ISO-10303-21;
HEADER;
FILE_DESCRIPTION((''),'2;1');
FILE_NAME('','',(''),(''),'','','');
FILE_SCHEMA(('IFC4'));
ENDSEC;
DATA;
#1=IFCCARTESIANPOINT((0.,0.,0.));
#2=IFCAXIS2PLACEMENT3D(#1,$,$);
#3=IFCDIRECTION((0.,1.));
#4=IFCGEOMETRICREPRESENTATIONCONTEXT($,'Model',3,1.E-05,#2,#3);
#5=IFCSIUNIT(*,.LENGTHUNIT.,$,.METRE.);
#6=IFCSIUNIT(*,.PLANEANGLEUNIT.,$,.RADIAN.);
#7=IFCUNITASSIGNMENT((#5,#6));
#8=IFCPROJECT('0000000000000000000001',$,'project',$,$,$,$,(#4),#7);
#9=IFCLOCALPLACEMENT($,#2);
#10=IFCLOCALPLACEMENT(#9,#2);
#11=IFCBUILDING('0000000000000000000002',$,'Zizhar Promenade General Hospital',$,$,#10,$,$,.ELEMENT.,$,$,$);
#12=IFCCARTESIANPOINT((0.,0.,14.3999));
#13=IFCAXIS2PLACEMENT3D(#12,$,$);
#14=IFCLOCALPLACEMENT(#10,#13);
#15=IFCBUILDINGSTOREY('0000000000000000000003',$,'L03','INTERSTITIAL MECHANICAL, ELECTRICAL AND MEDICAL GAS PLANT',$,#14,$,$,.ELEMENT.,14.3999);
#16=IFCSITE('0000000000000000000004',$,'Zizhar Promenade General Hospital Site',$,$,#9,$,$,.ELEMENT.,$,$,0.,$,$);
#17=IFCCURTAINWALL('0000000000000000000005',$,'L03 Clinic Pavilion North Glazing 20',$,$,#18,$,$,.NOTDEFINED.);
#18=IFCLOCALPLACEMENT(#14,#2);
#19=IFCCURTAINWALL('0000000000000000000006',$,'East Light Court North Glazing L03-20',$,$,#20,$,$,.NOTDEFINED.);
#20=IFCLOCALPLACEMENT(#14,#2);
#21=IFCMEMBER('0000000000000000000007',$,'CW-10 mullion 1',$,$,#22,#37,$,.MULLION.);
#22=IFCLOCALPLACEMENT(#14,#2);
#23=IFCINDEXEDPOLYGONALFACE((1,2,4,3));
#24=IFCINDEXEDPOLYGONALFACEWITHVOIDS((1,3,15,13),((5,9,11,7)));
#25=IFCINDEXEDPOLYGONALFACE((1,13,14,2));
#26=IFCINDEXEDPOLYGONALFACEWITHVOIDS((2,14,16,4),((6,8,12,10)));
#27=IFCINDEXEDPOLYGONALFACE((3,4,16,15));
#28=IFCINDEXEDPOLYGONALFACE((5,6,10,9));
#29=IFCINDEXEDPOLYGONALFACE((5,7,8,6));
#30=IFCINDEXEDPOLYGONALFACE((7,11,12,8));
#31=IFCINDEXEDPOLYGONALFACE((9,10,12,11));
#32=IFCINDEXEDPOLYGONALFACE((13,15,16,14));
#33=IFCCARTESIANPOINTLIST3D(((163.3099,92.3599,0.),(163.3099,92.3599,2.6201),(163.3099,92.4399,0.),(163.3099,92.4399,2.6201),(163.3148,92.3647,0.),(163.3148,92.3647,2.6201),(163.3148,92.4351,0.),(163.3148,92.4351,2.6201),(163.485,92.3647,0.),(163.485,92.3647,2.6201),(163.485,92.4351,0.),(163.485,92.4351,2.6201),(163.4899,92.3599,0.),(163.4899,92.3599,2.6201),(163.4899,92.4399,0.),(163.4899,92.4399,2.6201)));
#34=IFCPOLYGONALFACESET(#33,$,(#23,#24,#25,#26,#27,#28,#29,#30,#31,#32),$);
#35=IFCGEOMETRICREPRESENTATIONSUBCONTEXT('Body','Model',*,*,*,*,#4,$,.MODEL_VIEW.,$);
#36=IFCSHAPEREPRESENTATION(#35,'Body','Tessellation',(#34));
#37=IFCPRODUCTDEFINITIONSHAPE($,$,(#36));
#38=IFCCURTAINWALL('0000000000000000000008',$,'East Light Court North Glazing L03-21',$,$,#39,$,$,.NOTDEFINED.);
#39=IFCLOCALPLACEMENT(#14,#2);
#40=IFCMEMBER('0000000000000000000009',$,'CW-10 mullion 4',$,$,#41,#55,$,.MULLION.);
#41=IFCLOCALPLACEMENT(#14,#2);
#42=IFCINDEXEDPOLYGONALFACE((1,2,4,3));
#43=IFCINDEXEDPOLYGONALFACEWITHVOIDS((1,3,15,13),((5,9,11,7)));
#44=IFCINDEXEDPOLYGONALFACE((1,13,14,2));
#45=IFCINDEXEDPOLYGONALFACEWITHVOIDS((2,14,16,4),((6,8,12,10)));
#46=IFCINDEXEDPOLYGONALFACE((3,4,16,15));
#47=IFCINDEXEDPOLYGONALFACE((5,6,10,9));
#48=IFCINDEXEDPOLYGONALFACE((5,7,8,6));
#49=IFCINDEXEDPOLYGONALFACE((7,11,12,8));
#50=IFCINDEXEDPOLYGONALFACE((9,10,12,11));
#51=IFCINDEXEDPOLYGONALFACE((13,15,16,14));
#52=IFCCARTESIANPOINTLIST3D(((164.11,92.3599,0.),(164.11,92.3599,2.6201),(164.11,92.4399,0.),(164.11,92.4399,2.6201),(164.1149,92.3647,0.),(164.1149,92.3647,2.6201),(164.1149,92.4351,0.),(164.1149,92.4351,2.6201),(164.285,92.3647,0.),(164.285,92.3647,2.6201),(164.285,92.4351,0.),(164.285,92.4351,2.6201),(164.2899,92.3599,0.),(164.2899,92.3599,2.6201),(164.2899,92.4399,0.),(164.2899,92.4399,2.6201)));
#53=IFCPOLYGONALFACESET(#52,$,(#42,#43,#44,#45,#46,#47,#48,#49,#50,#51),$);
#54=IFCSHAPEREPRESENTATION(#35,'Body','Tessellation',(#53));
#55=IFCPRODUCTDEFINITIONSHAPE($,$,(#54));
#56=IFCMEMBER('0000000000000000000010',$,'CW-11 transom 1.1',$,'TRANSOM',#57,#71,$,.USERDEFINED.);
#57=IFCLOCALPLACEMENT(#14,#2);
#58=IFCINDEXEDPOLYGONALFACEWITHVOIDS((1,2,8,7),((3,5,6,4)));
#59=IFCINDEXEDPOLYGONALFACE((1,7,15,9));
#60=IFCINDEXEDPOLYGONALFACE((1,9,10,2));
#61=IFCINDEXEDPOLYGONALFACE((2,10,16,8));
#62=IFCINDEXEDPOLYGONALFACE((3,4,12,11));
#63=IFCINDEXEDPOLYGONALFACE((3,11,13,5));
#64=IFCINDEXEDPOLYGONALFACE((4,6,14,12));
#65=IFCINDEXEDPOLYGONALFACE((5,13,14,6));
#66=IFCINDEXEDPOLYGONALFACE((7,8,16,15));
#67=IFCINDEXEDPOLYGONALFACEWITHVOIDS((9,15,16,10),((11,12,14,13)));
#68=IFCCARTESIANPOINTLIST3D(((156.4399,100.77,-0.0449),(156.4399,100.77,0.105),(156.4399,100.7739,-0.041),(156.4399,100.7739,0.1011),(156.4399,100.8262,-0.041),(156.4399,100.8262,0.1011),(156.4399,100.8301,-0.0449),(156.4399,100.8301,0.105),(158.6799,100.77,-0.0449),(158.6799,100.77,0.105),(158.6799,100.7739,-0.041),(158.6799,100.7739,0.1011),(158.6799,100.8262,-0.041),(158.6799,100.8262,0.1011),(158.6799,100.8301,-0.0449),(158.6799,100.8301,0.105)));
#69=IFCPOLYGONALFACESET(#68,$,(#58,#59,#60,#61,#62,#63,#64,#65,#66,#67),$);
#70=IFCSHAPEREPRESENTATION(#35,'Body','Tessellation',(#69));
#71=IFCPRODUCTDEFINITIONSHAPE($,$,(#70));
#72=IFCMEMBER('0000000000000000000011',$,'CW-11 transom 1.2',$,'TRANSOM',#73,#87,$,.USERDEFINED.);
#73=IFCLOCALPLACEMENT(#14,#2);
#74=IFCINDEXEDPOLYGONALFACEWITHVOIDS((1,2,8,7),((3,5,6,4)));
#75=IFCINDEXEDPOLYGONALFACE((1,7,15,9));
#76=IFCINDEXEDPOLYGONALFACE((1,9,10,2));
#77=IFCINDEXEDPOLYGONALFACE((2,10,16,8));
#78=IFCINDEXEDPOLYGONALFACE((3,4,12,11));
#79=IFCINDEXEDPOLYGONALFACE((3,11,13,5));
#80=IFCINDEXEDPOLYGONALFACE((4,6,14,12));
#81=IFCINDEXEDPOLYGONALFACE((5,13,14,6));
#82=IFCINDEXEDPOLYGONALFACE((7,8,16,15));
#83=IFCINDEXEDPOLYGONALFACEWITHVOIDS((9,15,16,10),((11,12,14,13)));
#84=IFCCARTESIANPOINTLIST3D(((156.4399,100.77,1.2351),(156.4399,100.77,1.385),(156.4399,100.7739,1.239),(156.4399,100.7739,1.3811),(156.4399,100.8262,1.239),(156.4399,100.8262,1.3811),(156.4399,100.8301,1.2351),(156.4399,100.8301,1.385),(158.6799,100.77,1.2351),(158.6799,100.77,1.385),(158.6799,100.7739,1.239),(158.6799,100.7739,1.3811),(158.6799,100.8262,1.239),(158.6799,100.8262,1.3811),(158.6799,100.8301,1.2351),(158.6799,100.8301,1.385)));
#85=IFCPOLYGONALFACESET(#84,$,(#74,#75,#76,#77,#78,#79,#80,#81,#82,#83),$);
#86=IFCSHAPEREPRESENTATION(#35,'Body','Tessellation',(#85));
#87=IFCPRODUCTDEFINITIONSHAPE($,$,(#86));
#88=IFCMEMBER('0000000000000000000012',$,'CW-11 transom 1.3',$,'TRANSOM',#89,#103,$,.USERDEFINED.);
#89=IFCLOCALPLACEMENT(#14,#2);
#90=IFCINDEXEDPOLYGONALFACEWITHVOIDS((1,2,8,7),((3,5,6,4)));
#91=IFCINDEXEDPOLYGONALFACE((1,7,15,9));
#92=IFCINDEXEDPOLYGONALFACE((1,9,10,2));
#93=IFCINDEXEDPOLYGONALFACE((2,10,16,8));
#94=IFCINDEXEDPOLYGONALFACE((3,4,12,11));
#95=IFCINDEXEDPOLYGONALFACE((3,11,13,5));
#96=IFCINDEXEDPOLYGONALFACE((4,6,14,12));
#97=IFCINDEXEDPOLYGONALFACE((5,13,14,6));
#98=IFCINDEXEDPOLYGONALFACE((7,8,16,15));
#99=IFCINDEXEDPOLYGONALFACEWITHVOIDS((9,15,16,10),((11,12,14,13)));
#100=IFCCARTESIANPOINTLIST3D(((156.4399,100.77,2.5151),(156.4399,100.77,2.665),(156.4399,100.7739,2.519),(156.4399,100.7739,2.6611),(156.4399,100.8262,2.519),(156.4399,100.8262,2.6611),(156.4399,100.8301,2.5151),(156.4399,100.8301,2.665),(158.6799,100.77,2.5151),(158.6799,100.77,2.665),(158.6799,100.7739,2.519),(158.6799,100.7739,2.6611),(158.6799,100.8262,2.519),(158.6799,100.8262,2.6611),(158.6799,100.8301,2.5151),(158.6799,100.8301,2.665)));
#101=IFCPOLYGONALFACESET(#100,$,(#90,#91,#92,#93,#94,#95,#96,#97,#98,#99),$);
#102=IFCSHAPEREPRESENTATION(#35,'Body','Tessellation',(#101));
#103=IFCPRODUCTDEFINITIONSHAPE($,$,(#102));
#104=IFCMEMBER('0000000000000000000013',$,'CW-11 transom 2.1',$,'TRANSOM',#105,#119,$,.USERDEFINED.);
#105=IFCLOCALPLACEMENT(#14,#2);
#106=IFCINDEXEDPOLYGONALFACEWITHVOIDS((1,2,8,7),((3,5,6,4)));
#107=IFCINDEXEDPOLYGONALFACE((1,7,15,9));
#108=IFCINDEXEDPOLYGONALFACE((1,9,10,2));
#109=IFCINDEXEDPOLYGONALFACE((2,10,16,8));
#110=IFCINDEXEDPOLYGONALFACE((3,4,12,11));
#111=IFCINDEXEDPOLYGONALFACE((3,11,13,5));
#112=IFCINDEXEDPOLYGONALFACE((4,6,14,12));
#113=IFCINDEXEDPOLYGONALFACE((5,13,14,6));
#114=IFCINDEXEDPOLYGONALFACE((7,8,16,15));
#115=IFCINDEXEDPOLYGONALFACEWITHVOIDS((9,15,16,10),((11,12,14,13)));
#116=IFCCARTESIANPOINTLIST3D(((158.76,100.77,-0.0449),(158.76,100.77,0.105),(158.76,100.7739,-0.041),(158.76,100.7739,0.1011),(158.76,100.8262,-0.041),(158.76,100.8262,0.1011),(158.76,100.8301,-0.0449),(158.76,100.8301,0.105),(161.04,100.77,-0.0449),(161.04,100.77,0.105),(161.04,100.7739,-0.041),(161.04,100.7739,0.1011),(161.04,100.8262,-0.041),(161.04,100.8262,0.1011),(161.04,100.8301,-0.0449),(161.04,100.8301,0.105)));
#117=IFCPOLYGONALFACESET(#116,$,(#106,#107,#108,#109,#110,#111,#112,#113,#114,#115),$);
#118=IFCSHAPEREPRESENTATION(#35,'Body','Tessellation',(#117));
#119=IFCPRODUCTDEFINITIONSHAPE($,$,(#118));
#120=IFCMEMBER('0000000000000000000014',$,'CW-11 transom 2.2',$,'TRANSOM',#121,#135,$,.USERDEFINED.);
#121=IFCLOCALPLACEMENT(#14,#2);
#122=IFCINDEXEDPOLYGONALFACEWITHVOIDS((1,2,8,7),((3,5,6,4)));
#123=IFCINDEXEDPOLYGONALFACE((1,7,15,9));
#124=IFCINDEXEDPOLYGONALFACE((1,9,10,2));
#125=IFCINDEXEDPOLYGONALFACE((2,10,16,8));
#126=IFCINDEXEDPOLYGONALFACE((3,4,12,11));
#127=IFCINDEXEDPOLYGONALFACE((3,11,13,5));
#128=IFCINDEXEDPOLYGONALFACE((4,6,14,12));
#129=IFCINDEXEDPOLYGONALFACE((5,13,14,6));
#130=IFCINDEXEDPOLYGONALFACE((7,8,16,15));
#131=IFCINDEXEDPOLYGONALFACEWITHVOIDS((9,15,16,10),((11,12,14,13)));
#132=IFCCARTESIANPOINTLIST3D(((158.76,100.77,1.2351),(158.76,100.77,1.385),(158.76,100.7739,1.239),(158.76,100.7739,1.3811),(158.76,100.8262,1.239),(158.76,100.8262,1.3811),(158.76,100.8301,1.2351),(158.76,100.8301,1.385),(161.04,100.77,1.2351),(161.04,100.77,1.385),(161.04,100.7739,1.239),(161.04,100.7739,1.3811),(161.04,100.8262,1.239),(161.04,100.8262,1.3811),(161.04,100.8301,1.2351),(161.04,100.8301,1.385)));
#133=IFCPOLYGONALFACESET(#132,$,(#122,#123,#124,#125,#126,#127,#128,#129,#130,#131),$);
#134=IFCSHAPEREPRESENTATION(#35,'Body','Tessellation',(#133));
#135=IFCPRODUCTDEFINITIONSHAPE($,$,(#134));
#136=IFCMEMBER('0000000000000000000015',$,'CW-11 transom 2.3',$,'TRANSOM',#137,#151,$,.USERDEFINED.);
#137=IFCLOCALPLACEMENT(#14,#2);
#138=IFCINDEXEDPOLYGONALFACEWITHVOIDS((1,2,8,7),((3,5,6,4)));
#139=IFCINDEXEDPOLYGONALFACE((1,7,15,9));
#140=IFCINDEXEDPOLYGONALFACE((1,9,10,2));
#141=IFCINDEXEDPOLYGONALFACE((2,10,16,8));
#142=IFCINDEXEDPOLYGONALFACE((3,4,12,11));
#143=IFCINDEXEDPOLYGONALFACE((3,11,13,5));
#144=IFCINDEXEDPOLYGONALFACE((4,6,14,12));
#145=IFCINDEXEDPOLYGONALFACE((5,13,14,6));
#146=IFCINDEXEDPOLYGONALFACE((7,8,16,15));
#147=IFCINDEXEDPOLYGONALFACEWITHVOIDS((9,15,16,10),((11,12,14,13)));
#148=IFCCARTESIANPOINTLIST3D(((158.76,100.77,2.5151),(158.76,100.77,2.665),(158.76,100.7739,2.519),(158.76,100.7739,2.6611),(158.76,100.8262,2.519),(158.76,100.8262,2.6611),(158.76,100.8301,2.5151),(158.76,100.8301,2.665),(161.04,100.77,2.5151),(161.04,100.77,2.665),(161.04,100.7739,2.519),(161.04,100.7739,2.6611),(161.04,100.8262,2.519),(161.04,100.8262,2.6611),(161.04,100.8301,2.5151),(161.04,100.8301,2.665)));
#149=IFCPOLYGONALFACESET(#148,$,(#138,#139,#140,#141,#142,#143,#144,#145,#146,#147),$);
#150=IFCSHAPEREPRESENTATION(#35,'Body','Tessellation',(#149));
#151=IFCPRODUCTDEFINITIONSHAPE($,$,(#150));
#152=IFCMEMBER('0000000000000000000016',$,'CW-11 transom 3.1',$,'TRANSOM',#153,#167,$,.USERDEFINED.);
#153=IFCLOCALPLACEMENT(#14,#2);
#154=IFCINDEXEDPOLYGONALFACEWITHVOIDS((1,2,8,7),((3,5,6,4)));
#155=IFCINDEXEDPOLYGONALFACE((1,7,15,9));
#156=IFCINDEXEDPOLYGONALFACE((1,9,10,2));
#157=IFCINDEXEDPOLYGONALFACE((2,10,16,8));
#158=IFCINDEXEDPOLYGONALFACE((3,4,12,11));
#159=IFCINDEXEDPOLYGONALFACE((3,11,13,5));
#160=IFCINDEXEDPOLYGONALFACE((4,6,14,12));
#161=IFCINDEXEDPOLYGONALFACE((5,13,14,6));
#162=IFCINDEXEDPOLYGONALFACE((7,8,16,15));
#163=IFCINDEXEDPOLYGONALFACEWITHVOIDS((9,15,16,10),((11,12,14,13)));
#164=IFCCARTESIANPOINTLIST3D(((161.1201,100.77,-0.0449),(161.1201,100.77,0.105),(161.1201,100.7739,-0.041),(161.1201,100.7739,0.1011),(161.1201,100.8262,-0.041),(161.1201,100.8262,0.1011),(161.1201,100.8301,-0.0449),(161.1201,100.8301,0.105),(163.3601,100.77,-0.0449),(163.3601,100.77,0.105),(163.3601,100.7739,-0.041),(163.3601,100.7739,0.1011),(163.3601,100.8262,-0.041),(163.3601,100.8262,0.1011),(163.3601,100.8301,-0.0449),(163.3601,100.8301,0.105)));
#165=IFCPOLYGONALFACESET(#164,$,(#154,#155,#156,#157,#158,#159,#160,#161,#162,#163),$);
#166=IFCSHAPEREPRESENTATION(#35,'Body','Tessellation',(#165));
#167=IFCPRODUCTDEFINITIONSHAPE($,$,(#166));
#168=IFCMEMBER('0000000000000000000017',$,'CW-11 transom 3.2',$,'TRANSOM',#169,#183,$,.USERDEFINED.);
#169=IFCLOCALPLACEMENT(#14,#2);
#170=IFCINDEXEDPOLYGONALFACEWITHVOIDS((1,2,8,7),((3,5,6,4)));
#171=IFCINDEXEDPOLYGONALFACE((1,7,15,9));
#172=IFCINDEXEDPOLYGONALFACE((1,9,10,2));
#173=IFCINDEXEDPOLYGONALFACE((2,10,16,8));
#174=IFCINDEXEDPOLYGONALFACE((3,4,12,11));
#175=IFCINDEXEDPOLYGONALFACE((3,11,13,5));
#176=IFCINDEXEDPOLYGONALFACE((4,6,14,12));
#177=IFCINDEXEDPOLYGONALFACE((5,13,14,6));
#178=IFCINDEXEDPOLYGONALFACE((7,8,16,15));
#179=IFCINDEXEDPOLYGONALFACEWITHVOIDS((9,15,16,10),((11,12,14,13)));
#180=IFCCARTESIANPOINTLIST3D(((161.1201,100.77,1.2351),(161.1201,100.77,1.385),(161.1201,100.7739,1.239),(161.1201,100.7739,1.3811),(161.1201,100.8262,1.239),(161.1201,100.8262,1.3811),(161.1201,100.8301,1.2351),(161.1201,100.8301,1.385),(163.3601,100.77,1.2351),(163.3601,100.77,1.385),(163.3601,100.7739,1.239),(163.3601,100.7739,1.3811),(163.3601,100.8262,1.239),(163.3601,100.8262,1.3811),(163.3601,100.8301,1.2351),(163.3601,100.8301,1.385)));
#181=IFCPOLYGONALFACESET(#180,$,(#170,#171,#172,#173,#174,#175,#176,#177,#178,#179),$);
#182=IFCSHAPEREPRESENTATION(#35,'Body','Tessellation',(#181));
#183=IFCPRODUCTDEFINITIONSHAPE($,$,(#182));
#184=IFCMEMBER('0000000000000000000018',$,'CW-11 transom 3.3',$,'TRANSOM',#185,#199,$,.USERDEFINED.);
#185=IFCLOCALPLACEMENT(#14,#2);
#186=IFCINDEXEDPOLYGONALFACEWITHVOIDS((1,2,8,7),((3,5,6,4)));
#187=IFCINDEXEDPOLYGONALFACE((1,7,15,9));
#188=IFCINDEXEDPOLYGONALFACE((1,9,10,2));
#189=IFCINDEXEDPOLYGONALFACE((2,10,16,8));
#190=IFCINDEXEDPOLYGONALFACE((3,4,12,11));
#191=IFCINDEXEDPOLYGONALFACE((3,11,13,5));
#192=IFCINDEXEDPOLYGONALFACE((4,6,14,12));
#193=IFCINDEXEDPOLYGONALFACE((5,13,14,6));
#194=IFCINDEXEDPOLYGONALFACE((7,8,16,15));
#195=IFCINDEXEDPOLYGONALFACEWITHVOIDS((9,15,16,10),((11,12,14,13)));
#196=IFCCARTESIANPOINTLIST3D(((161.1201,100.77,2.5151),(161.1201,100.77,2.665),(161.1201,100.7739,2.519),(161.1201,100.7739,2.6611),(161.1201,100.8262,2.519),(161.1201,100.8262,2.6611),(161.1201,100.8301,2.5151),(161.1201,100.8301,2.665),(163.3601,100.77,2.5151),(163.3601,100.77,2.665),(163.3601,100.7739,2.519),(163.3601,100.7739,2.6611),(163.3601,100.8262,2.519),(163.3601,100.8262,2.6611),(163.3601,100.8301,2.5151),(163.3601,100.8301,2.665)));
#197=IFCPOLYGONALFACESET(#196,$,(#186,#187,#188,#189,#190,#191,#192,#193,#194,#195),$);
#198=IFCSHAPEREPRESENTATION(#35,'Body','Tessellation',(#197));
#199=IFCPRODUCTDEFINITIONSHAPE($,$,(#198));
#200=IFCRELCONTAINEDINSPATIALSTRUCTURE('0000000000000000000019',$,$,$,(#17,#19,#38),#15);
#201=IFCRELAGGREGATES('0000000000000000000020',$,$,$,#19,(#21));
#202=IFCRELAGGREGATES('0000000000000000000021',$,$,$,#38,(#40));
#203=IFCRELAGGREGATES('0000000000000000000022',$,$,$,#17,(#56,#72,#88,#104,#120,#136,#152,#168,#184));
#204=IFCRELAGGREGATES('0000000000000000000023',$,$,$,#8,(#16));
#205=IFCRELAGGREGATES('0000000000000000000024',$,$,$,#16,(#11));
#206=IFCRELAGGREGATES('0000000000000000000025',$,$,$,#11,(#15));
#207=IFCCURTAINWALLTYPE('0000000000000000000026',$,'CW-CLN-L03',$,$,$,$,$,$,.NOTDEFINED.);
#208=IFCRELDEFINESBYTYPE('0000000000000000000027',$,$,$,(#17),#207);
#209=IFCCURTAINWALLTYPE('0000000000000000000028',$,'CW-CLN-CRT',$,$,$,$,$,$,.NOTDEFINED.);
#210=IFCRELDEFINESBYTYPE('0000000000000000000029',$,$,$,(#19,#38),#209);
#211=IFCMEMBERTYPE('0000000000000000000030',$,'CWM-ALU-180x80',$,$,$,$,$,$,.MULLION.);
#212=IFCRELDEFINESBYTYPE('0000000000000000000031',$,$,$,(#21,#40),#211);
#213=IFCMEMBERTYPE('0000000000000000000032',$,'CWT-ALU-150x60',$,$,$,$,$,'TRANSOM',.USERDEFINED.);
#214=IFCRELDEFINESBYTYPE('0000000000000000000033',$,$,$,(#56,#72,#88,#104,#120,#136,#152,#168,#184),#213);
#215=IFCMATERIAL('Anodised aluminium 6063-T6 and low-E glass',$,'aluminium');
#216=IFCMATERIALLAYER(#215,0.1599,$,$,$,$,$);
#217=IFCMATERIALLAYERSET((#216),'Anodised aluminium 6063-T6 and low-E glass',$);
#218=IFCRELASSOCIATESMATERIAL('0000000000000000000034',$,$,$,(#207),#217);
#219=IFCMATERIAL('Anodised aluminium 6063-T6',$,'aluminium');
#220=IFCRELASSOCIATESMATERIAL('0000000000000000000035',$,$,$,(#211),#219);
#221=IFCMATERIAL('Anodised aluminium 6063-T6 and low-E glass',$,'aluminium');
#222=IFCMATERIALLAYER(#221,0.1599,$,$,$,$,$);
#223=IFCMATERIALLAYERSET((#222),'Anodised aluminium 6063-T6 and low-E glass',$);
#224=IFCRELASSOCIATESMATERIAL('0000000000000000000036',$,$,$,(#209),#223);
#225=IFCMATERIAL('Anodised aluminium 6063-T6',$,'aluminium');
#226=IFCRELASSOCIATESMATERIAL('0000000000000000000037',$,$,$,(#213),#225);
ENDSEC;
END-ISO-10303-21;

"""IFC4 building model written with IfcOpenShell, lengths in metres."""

from ifc_helpers import new_model, si_unit, direction, frame, origin, origin_2d, place, context, subcontext, project, spatial, hollow_rectangle, extrude, material, layer, layer_set, material_profile, profile_set, type_object, element, aggregate, save


model = new_model("IFC4")

# Units and contexts
model_context = context("Model", 3, precision=1e-05, world=origin(), true_north=direction((0.0, 1.0)))
body_context = subcontext(model_context, "Body", "Model", "MODEL_VIEW")
ifc_project = project(units=[si_unit("LENGTHUNIT", "METRE"), si_unit("PLANEANGLEUNIT", "RADIAN")], contexts=[model_context])

# Site, building, storey
site_placement = place(None, origin())
site = spatial("IfcSite", under=ifc_project, at=site_placement, Name="Zizhar Promenade General Hospital Site", CompositionType="ELEMENT", RefElevation=0.0)
building_placement = place(site_placement, origin())
building = spatial("IfcBuilding", under=site, at=building_placement, Name="Zizhar Promenade General Hospital", CompositionType="ELEMENT")
storey_placement = place(building_placement, frame((0.0, 0.0, 14.3999)))
storey = spatial("IfcBuildingStorey", under=building, at=storey_placement, Name="L03", Description="INTERSTITIAL MECHANICAL, ELECTRICAL AND MEDICAL GAS PLANT", CompositionType="ELEMENT", Elevation=14.3999)

# Curtain wall
ifc_material_1 = material(Name="Anodised aluminium 6063-T6 and low-E glass", Category="aluminium")
ifc_layer_1 = layer(ifc_material_1, 0.1599)
ifc_layer_set_1 = layer_set([ifc_layer_1], Name="Anodised aluminium 6063-T6 and low-E glass")
curtain_wall_type_1 = type_object("IfcCurtainWallType", Name="CW-CLN-L03", PredefinedType="NOTDEFINED", material=ifc_layer_set_1)
curtain_wall_1_placement = place(storey_placement, origin())
curtain_wall_1 = element("IfcCurtainWall", 1, at=curtain_wall_1_placement, inside=storey, type_object=curtain_wall_type_1, Name="L03 Clinic Pavilion North Glazing 20", PredefinedType="NOTDEFINED")
ifc_material_2 = material(Name="Anodised aluminium 6063-T6", Category="aluminium")
ifc_material_profile_1 = material_profile(ifc_material_2, hollow_rectangle(XDim=0.0801, YDim=0.1799, WallThickness=0.0049, at=origin_2d()))
ifc_profile_set_1 = profile_set([ifc_material_profile_1], Name="Anodised aluminium 6063-T6")
member_type_1 = type_object("IfcMemberType", Name="CWM-ALU-180x80", PredefinedType="MULLION", material=ifc_profile_set_1)

# Curtain walls, members
ifc_material_3 = material(Name="Anodised aluminium 6063-T6 and low-E glass", Category="aluminium")
ifc_layer_2 = layer(ifc_material_3, 0.1599)
ifc_layer_set_2 = layer_set([ifc_layer_2], Name="Anodised aluminium 6063-T6 and low-E glass")
curtain_wall_type_2 = type_object("IfcCurtainWallType", Name="CW-CLN-CRT", PredefinedType="NOTDEFINED", material=ifc_layer_set_2)
curtain_wall_2_placement = place(storey_placement, origin())
curtain_wall_2 = element("IfcCurtainWall", 2, at=curtain_wall_2_placement, inside=storey, type_object=curtain_wall_type_2, Name="East Light Court North Glazing L03-20", PredefinedType="NOTDEFINED")
member_1_placement = place(storey_placement, frame((163.3999, 92.3999, 0.0), z_axis=(0.0, 0.0, 1.0), x_axis=(0.0, -1.0, 0.0)))
member_1 = element("IfcMember", 3, at=member_1_placement, type_object=member_type_1, Name="CW-10 mullion 1", PredefinedType="MULLION", context=body_context, shape_type="SweptSolid", body=[
    extrude(hollow_rectangle(XDim=0.0801, YDim=0.1799, WallThickness=0.0049, at=origin_2d()), origin(), (0.0, 0.0, 1.0), 2.6201),
])
aggregate(curtain_wall_2, [member_1])
curtain_wall_3_placement = place(storey_placement, origin())
curtain_wall_3 = element("IfcCurtainWall", 4, at=curtain_wall_3_placement, inside=storey, type_object=curtain_wall_type_2, Name="East Light Court North Glazing L03-21", PredefinedType="NOTDEFINED")
member_2_placement = place(storey_placement, frame((164.2, 92.3999, 0.0), z_axis=(0.0, 0.0, 1.0), x_axis=(0.0, -1.0, 0.0)))
member_2 = element("IfcMember", 5, at=member_2_placement, type_object=member_type_1, Name="CW-10 mullion 4", PredefinedType="MULLION", context=body_context, shape_type="SweptSolid", body=[
    extrude(hollow_rectangle(XDim=0.0801, YDim=0.1799, WallThickness=0.0049, at=origin_2d()), origin(), (0.0, 0.0, 1.0), 2.6201),
])
aggregate(curtain_wall_3, [member_2])

# Members
ifc_material_4 = material(Name="Anodised aluminium 6063-T6", Category="aluminium")
ifc_material_profile_2 = material_profile(ifc_material_4, hollow_rectangle(XDim=0.0601, YDim=0.1499, WallThickness=0.0039, at=origin_2d()))
ifc_profile_set_2 = profile_set([ifc_material_profile_2], Name="Anodised aluminium 6063-T6")
member_type_2 = type_object("IfcMemberType", Name="CWT-ALU-150x60", ElementType="TRANSOM", PredefinedType="USERDEFINED", material=ifc_profile_set_2)
member_3_placement = place(storey_placement, frame((156.4399, 100.8, 0.03), z_axis=(1.0, 0.0, 0.0), x_axis=(0.0, 1.0, 0.0)))
member_3 = element("IfcMember", 6, at=member_3_placement, type_object=member_type_2, Name="CW-11 transom 1.1", ObjectType="TRANSOM", PredefinedType="USERDEFINED", context=body_context, shape_type="SweptSolid", body=[
    extrude(hollow_rectangle(XDim=0.0601, YDim=0.1499, WallThickness=0.0039, at=origin_2d()), origin(), (0.0, 0.0, 1.0), 2.24),
])
member_4_placement = place(storey_placement, frame((156.4399, 100.8, 1.3101), z_axis=(1.0, 0.0, 0.0), x_axis=(0.0, 1.0, 0.0)))
member_4 = element("IfcMember", 7, at=member_4_placement, type_object=member_type_2, Name="CW-11 transom 1.2", ObjectType="TRANSOM", PredefinedType="USERDEFINED", context=body_context, shape_type="SweptSolid", body=[
    extrude(hollow_rectangle(XDim=0.0601, YDim=0.1499, WallThickness=0.0039, at=origin_2d()), origin(), (0.0, 0.0, 1.0), 2.24),
])
member_5_placement = place(storey_placement, frame((156.4399, 100.8, 2.5901), z_axis=(1.0, 0.0, 0.0), x_axis=(0.0, 1.0, 0.0)))
member_5 = element("IfcMember", 8, at=member_5_placement, type_object=member_type_2, Name="CW-11 transom 1.3", ObjectType="TRANSOM", PredefinedType="USERDEFINED", context=body_context, shape_type="SweptSolid", body=[
    extrude(hollow_rectangle(XDim=0.0601, YDim=0.1499, WallThickness=0.0039, at=origin_2d()), origin(), (0.0, 0.0, 1.0), 2.24),
])
member_6_placement = place(storey_placement, frame((158.76, 100.8, 0.03), z_axis=(1.0, 0.0, 0.0), x_axis=(0.0, 1.0, 0.0)))
member_6 = element("IfcMember", 9, at=member_6_placement, type_object=member_type_2, Name="CW-11 transom 2.1", ObjectType="TRANSOM", PredefinedType="USERDEFINED", context=body_context, shape_type="SweptSolid", body=[
    extrude(hollow_rectangle(XDim=0.0601, YDim=0.1499, WallThickness=0.0039, at=origin_2d()), origin(), (0.0, 0.0, 1.0), 2.28),
])
member_7_placement = place(storey_placement, frame((158.76, 100.8, 1.3101), z_axis=(1.0, 0.0, 0.0), x_axis=(0.0, 1.0, 0.0)))
member_7 = element("IfcMember", 10, at=member_7_placement, type_object=member_type_2, Name="CW-11 transom 2.2", ObjectType="TRANSOM", PredefinedType="USERDEFINED", context=body_context, shape_type="SweptSolid", body=[
    extrude(hollow_rectangle(XDim=0.0601, YDim=0.1499, WallThickness=0.0039, at=origin_2d()), origin(), (0.0, 0.0, 1.0), 2.28),
])
member_8_placement = place(storey_placement, frame((158.76, 100.8, 2.5901), z_axis=(1.0, 0.0, 0.0), x_axis=(0.0, 1.0, 0.0)))
member_8 = element("IfcMember", 11, at=member_8_placement, type_object=member_type_2, Name="CW-11 transom 2.3", ObjectType="TRANSOM", PredefinedType="USERDEFINED", context=body_context, shape_type="SweptSolid", body=[
    extrude(hollow_rectangle(XDim=0.0601, YDim=0.1499, WallThickness=0.0039, at=origin_2d()), origin(), (0.0, 0.0, 1.0), 2.28),
])
member_9_placement = place(storey_placement, frame((161.1201, 100.8, 0.03), z_axis=(1.0, 0.0, 0.0), x_axis=(0.0, 1.0, 0.0)))
member_9 = element("IfcMember", 12, at=member_9_placement, type_object=member_type_2, Name="CW-11 transom 3.1", ObjectType="TRANSOM", PredefinedType="USERDEFINED", context=body_context, shape_type="SweptSolid", body=[
    extrude(hollow_rectangle(XDim=0.0601, YDim=0.1499, WallThickness=0.0039, at=origin_2d()), origin(), (0.0, 0.0, 1.0), 2.24),
])
member_10_placement = place(storey_placement, frame((161.1201, 100.8, 1.3101), z_axis=(1.0, 0.0, 0.0), x_axis=(0.0, 1.0, 0.0)))
member_10 = element("IfcMember", 13, at=member_10_placement, type_object=member_type_2, Name="CW-11 transom 3.2", ObjectType="TRANSOM", PredefinedType="USERDEFINED", context=body_context, shape_type="SweptSolid", body=[
    extrude(hollow_rectangle(XDim=0.0601, YDim=0.1499, WallThickness=0.0039, at=origin_2d()), origin(), (0.0, 0.0, 1.0), 2.24),
])
member_11_placement = place(storey_placement, frame((161.1201, 100.8, 2.5901), z_axis=(1.0, 0.0, 0.0), x_axis=(0.0, 1.0, 0.0)))
member_11 = element("IfcMember", 14, at=member_11_placement, type_object=member_type_2, Name="CW-11 transom 3.3", ObjectType="TRANSOM", PredefinedType="USERDEFINED", context=body_context, shape_type="SweptSolid", body=[
    extrude(hollow_rectangle(XDim=0.0601, YDim=0.1499, WallThickness=0.0039, at=origin_2d()), origin(), (0.0, 0.0, 1.0), 2.24),
])

aggregate(curtain_wall_1, [member_3, member_4, member_5, member_6, member_7, member_8, member_9, member_10, member_11])

save(model, "model.ifc")
